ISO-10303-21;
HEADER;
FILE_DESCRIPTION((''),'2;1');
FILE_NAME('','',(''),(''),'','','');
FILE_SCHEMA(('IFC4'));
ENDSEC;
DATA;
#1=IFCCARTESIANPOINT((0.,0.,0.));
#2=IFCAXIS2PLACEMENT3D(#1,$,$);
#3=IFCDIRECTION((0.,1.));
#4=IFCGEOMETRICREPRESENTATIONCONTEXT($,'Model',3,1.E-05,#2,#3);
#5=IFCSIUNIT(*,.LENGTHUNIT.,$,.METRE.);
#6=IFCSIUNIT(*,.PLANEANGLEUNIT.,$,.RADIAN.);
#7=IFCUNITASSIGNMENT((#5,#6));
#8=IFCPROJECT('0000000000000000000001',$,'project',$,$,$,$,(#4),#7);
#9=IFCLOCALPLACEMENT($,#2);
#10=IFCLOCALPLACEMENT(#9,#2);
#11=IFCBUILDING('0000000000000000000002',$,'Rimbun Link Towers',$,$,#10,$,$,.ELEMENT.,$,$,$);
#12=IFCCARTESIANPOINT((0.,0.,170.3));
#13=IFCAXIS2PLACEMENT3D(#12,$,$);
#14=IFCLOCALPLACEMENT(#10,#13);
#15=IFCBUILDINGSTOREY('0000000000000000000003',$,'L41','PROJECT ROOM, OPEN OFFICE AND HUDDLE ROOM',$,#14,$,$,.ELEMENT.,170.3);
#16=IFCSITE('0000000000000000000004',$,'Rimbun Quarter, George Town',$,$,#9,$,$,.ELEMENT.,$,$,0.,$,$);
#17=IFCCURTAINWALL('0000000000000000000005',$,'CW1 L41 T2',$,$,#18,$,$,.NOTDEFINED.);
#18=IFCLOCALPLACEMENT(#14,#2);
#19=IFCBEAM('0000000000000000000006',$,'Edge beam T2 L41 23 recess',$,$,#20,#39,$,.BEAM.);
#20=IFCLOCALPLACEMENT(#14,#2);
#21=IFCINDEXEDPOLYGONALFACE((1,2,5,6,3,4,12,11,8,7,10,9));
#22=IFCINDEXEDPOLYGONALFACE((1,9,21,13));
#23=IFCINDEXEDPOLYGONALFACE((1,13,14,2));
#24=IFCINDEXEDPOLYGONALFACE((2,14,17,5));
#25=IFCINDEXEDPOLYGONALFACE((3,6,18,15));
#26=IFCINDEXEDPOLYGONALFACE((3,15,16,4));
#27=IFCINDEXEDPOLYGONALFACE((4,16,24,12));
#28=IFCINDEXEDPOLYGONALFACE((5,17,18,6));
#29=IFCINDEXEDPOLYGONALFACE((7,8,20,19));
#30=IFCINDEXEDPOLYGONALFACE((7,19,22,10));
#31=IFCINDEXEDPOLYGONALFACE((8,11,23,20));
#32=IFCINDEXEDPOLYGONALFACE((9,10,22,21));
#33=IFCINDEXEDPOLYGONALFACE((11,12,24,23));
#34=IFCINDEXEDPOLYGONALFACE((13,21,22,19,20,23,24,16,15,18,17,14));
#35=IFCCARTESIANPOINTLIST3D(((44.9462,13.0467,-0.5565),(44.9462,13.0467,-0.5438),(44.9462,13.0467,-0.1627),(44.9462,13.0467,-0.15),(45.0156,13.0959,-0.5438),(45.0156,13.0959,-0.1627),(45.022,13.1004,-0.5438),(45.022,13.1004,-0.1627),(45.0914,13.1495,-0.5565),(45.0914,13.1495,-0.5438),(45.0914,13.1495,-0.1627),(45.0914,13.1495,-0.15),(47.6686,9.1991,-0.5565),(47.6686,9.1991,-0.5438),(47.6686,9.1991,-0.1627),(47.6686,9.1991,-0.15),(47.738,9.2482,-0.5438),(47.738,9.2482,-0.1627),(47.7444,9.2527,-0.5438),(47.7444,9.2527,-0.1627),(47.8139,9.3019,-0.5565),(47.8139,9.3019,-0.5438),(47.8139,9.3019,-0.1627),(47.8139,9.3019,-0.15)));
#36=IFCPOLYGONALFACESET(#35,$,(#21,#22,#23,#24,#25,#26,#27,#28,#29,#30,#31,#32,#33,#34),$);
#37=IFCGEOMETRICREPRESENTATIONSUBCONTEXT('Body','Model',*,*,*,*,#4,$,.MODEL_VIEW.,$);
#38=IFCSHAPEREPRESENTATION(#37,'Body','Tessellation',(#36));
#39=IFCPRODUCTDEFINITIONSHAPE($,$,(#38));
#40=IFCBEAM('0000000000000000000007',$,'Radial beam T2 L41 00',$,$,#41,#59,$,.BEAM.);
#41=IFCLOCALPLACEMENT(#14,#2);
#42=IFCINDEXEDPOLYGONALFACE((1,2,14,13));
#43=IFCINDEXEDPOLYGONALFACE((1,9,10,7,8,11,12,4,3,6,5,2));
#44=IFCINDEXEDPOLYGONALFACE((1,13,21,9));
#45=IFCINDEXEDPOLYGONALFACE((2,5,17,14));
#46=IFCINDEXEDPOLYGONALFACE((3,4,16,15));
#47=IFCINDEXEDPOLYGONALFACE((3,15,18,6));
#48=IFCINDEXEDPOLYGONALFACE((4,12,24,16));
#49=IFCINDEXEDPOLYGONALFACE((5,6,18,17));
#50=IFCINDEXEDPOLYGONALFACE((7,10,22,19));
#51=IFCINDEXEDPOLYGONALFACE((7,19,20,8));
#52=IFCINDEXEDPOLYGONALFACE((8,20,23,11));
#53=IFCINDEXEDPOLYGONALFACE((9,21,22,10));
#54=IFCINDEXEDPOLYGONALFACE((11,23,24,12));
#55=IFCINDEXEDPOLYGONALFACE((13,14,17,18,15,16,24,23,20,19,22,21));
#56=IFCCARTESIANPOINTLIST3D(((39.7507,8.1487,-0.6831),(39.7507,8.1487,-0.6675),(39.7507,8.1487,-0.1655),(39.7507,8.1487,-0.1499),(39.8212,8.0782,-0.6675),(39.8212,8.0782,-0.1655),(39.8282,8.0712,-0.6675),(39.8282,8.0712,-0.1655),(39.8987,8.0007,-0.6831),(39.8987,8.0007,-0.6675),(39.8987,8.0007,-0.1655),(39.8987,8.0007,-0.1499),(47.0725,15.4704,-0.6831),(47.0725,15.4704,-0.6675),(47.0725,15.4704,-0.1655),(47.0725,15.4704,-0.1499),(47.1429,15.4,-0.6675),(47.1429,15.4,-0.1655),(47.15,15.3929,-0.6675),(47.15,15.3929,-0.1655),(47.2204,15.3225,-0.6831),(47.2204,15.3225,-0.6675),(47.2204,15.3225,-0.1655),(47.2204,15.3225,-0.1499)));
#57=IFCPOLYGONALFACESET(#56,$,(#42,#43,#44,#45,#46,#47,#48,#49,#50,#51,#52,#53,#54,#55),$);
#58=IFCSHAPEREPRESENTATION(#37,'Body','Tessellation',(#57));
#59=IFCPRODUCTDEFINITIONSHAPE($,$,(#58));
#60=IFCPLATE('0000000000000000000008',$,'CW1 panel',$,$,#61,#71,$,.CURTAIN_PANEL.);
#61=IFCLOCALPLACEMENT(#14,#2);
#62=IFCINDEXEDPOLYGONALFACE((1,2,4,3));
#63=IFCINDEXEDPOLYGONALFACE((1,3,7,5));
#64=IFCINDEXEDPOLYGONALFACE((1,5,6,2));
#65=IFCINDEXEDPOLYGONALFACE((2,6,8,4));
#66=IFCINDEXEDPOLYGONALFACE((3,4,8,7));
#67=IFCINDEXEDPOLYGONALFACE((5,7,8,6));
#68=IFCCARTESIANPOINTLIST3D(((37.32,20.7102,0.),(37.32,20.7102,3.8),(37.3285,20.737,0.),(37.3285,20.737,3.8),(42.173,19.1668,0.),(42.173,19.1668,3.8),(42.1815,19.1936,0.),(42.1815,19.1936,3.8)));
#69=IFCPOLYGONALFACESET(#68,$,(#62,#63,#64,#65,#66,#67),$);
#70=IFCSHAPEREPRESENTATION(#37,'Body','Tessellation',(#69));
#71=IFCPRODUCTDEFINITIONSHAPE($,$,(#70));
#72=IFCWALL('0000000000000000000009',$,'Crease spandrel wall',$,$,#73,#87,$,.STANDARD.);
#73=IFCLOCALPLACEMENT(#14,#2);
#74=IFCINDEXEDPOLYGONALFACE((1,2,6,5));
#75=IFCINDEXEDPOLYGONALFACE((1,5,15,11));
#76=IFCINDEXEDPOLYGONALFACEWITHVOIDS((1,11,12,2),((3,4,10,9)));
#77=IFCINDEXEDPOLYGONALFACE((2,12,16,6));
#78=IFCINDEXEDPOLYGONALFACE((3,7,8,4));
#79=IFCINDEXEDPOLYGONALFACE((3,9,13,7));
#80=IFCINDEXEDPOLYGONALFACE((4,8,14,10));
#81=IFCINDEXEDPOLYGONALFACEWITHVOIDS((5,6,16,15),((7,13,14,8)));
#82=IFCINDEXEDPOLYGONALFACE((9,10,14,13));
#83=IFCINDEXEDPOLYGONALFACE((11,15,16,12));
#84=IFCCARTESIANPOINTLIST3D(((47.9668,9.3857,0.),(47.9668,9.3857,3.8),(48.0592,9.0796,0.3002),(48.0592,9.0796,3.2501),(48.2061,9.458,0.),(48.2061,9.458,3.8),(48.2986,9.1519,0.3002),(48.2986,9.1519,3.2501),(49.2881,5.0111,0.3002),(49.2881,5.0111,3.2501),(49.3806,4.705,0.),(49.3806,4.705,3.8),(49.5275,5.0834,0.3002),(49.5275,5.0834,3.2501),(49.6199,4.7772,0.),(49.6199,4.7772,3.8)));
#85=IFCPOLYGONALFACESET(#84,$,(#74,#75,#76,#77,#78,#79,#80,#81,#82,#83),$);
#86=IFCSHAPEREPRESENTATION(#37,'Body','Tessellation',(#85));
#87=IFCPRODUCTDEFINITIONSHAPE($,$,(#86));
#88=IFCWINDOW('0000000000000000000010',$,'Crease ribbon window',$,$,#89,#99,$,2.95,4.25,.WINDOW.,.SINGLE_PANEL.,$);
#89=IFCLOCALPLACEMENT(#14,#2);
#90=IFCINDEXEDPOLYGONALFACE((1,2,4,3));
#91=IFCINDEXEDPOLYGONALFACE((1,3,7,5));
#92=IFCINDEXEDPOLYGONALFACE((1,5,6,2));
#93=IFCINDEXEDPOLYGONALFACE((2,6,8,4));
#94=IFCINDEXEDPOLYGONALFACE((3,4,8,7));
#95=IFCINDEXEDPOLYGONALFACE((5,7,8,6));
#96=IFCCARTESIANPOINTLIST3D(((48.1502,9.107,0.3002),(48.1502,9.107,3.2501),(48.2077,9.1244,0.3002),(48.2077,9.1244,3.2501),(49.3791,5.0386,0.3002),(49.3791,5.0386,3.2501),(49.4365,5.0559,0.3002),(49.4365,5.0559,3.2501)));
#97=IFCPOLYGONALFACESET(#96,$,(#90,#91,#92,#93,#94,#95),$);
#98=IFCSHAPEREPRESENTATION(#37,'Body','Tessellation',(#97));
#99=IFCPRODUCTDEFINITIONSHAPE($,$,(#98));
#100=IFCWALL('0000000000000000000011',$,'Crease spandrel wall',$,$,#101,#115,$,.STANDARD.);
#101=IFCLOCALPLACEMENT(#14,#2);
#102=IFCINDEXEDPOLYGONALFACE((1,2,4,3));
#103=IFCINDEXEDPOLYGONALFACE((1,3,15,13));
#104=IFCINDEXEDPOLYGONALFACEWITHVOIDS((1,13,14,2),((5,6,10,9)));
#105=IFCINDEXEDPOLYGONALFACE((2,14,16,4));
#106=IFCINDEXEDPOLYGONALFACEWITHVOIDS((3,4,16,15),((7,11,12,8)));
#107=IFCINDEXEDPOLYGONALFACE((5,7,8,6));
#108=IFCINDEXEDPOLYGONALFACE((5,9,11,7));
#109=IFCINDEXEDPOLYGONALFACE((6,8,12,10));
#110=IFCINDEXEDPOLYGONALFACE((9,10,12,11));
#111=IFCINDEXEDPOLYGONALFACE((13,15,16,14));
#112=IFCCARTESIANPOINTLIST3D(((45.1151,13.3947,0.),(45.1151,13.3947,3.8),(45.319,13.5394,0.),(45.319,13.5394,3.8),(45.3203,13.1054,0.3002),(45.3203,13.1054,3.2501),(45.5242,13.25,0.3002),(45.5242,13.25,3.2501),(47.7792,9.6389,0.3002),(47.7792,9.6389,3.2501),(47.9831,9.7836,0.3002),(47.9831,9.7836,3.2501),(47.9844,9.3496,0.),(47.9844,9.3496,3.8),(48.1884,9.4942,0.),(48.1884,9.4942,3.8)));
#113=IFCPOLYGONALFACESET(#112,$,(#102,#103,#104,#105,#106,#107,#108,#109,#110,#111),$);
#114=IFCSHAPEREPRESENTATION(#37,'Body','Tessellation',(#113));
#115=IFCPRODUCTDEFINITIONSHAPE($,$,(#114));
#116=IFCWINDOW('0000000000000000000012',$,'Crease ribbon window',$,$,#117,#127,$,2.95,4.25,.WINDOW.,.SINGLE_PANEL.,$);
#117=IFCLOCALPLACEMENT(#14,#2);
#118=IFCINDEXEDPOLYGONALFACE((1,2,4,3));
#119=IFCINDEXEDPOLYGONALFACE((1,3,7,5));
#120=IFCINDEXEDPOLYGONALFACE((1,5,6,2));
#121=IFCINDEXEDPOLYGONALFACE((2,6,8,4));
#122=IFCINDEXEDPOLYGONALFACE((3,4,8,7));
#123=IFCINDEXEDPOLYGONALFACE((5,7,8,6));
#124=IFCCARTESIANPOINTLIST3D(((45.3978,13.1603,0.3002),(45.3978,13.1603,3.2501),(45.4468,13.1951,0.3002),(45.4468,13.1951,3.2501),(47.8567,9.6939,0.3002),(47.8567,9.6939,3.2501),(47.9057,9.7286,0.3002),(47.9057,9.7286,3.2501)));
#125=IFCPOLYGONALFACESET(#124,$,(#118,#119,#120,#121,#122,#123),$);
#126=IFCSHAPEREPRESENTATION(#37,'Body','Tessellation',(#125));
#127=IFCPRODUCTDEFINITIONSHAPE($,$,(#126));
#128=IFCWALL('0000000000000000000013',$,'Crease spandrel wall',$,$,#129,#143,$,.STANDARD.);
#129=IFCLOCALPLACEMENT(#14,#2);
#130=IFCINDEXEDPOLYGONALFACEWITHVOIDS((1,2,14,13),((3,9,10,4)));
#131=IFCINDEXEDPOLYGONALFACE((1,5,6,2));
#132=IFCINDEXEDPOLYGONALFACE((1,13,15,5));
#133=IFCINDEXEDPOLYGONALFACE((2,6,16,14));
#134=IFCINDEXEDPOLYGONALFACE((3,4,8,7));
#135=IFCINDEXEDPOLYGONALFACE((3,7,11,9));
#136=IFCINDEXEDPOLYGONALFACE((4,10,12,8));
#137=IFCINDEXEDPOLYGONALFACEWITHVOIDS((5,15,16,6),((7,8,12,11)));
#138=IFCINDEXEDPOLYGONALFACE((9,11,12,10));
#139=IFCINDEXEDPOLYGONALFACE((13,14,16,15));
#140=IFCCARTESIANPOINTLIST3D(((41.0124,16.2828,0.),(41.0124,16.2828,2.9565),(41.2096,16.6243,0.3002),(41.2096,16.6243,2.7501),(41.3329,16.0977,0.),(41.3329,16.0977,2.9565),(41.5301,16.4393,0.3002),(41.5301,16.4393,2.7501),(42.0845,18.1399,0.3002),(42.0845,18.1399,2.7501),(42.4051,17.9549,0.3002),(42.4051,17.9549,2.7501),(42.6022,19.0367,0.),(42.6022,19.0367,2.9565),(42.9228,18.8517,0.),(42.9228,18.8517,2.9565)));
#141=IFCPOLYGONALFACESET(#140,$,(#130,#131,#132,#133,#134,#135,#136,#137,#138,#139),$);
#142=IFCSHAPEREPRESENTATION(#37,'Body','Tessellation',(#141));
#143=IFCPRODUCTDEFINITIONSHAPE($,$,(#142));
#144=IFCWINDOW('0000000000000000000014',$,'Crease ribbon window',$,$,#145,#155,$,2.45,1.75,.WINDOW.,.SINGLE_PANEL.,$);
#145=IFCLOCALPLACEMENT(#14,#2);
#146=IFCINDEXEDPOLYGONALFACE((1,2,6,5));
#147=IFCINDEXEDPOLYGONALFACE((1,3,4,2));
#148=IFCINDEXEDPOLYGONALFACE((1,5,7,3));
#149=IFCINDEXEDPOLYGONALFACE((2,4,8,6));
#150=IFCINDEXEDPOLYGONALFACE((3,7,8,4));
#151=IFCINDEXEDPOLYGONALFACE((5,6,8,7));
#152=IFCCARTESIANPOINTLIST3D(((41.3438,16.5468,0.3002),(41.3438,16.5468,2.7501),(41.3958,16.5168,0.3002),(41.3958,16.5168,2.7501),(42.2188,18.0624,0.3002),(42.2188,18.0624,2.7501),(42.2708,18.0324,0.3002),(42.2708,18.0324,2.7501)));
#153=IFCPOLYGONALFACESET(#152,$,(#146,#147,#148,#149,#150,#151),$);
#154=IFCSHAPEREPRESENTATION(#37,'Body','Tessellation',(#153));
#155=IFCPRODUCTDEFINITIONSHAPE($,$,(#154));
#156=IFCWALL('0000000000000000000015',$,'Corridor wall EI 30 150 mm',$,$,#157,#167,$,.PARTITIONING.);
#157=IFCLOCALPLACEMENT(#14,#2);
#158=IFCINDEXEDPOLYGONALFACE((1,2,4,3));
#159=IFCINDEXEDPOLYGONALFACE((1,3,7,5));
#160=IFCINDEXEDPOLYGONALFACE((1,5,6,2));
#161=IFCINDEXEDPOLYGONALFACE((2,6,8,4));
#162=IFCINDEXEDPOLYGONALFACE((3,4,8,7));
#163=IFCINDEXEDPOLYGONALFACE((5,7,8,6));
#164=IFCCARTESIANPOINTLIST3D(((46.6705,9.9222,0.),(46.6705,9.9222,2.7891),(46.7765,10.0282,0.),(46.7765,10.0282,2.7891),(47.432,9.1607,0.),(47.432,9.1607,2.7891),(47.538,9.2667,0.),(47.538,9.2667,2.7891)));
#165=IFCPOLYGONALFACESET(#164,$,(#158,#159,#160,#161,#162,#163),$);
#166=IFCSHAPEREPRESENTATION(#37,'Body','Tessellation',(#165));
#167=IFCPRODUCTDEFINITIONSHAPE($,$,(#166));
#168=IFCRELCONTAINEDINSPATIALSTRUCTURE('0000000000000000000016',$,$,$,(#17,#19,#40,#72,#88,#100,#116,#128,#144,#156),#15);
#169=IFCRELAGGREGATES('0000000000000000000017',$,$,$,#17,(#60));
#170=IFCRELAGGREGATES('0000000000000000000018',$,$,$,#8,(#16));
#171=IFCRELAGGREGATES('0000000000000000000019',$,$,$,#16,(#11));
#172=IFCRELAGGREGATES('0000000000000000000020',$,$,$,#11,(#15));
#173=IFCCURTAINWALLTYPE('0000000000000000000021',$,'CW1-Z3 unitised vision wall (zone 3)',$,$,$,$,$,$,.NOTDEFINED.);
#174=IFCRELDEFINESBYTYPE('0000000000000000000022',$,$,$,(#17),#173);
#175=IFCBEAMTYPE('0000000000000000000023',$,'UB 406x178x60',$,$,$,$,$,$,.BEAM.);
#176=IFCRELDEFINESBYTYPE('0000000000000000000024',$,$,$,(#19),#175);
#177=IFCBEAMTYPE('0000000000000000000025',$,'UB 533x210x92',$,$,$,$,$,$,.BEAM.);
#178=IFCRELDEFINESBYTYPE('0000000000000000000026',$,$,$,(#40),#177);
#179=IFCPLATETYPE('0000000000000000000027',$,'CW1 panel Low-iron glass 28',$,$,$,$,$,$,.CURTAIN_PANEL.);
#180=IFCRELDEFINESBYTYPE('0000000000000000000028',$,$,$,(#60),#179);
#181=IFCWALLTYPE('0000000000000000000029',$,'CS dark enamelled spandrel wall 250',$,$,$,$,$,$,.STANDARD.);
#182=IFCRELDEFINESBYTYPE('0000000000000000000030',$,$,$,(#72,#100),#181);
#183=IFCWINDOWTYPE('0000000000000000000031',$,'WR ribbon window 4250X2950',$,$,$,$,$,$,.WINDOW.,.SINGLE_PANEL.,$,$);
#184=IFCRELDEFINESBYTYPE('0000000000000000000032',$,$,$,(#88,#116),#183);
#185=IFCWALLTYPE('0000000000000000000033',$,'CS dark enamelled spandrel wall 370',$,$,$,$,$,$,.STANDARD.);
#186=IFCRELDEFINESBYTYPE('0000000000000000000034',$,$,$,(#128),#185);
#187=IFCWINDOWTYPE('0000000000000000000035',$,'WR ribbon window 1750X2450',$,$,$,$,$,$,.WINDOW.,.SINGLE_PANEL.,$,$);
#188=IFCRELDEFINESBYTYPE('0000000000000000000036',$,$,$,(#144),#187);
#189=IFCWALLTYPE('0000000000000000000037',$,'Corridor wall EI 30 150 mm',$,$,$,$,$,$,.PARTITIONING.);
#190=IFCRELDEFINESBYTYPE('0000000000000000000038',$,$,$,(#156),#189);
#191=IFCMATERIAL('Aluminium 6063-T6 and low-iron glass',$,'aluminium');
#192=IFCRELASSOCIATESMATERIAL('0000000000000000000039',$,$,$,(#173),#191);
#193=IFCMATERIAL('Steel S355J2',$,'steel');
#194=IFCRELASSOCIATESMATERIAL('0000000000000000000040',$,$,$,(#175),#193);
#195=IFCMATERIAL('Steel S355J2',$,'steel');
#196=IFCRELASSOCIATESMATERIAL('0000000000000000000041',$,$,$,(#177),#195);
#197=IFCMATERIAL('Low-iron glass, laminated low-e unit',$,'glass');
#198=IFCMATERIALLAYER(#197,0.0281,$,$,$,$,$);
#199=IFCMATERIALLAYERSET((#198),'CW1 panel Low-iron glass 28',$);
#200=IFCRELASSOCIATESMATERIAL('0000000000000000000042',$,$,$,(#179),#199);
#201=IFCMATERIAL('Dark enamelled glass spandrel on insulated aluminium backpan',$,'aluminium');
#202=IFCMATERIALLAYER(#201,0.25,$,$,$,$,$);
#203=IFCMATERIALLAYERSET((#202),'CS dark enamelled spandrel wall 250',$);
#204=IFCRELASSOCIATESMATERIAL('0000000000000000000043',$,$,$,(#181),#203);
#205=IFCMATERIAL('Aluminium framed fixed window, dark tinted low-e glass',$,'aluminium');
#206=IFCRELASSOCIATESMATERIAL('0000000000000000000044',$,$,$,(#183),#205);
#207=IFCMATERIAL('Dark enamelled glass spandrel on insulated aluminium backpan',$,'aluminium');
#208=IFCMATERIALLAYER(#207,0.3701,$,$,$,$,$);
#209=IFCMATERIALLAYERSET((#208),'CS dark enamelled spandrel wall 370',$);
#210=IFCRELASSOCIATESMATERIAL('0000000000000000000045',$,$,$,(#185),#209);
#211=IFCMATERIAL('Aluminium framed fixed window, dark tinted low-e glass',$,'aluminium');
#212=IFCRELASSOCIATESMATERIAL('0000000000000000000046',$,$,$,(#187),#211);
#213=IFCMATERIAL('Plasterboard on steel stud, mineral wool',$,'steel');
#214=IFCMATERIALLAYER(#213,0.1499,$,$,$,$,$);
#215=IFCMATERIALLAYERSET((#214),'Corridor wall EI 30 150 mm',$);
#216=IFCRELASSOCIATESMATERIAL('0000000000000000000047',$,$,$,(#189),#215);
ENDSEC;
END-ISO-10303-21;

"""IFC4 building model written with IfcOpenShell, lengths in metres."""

from ifc_helpers import new_model, si_unit, direction, frame, frame_2d, origin, origin_2d, place, context, subcontext, project, spatial, rectangle, i_section, extrude, material, layer, layer_set, material_profile, profile_set, type_object, element, fill, aggregate, save


model = new_model("IFC4")

# Units and contexts
model_context = context("Model", 3, precision=1e-05, world=origin(), true_north=direction((0.0, 1.0)))
body_context = subcontext(model_context, "Body", "Model", "MODEL_VIEW")
ifc_project = project(units=[si_unit("LENGTHUNIT", "METRE"), si_unit("PLANEANGLEUNIT", "RADIAN")], contexts=[model_context])

# Site, building, storey
site_placement = place(None, origin())
site = spatial("IfcSite", under=ifc_project, at=site_placement, Name="Rimbun Quarter, George Town", CompositionType="ELEMENT", RefElevation=0.0)
building_placement = place(site_placement, origin())
building = spatial("IfcBuilding", under=site, at=building_placement, Name="Rimbun Link Towers", CompositionType="ELEMENT")
storey_placement = place(building_placement, frame((0.0, 0.0, 170.3)))
storey = spatial("IfcBuildingStorey", under=building, at=storey_placement, Name="L41", Description="PROJECT ROOM, OPEN OFFICE AND HUDDLE ROOM", CompositionType="ELEMENT", Elevation=170.3)

# Curtain wall
ifc_material_1 = material(Name="Aluminium 6063-T6 and low-iron glass", Category="aluminium")
curtain_wall_type = type_object("IfcCurtainWallType", Name="CW1-Z3 unitised vision wall (zone 3)", PredefinedType="NOTDEFINED", material=ifc_material_1)
curtain_wall_placement = place(storey_placement, origin())
curtain_wall = element("IfcCurtainWall", 1, at=curtain_wall_placement, inside=storey, type_object=curtain_wall_type, Name="CW1 L41 T2", PredefinedType="NOTDEFINED")

# Beams
ifc_material_2 = material(Name="Steel S355J2", Category="steel")
ifc_material_profile_1 = material_profile(ifc_material_2, i_section(OverallWidth=0.178, OverallDepth=0.4065, WebThickness=0.0078, FlangeThickness=0.0127, at=origin_2d()), Name="UB 406x178x60")
ifc_profile_set_1 = profile_set([ifc_material_profile_1], Name="Steel S355J2")
beam_type_1 = type_object("IfcBeamType", Name="UB 406x178x60", PredefinedType="BEAM", material=ifc_profile_set_1)
beam_1_placement = place(storey_placement, frame((47.7412, 9.2505, -0.3533), z_axis=(-0.577592, 0.816326, 0.0), x_axis=(-0.816326, -0.577592, 0.0)))
element("IfcBeam", 2, at=beam_1_placement, inside=storey, type_object=beam_type_1, Name="Edge beam T2 L41 23 recess", PredefinedType="BEAM", context=body_context, shape_type="SweptSolid", body=[
    extrude(i_section(OverallWidth=0.178, OverallDepth=0.4065, WebThickness=0.0078, FlangeThickness=0.0127, at=origin_2d()), origin(), (0.0, 0.0, 1.0), 4.7134),
])
ifc_material_3 = material(Name="Steel S355J2", Category="steel")
ifc_material_profile_2 = material_profile(ifc_material_3, i_section(OverallWidth=0.2092, OverallDepth=0.5332, WebThickness=0.01, FlangeThickness=0.0156, at=origin_2d()), Name="UB 533x210x92")
ifc_profile_set_2 = profile_set([ifc_material_profile_2], Name="Steel S355J2")
beam_type_2 = type_object("IfcBeamType", Name="UB 533x210x92", PredefinedType="BEAM", material=ifc_profile_set_2)
beam_2_placement = place(storey_placement, frame((39.8247, 8.0747, -0.4165), z_axis=(0.707107, 0.707107, 0.0), x_axis=(-0.707107, 0.707107, 0.0)))
element("IfcBeam", 3, at=beam_2_placement, inside=storey, type_object=beam_type_2, Name="Radial beam T2 L41 00", PredefinedType="BEAM", context=body_context, shape_type="SweptSolid", body=[
    extrude(i_section(OverallWidth=0.2092, OverallDepth=0.5332, WebThickness=0.01, FlangeThickness=0.0156, at=origin_2d()), origin(), (0.0, 0.0, 1.0), 10.3545),
])

# Plate
ifc_material_4 = material(Name="Low-iron glass, laminated low-e unit", Category="glass")
ifc_layer_1 = layer(ifc_material_4, 0.0281)
ifc_layer_set_1 = layer_set([ifc_layer_1], Name="CW1 panel Low-iron glass 28")
plate_type = type_object("IfcPlateType", Name="CW1 panel Low-iron glass 28", PredefinedType="CURTAIN_PANEL", material=ifc_layer_set_1)
plate_placement = place(storey_placement, frame((39.7507, 19.9519, 0.0), z_axis=(0.0, 0.0, 1.0), x_axis=(0.952969, -0.303068, 0.0)))
plate = element("IfcPlate", 4, at=plate_placement, type_object=plate_type, Name="CW1 panel", PredefinedType="CURTAIN_PANEL", context=body_context, shape_type="SweptSolid", body=[
    extrude(rectangle(XDim=5.0925, YDim=0.0281, at=origin_2d()), origin(), (0.0, 0.0, 1.0), 3.8),
])
aggregate(curtain_wall, [plate])

# Shared definitions
ifc_material_5 = material(Name="Dark enamelled glass spandrel on insulated aluminium backpan", Category="aluminium")
ifc_layer_2 = layer(ifc_material_5, 0.25)
ifc_layer_set_2 = layer_set([ifc_layer_2], Name="CS dark enamelled spandrel wall 250")
wall_type_1 = type_object("IfcWallType", Name="CS dark enamelled spandrel wall 250", PredefinedType="STANDARD", material=ifc_layer_set_2)

# Walls, openings, windows
wall_1_placement = place(storey_placement, frame((48.0864, 9.4219, 0.0), z_axis=(0.0, 0.0, 1.0), x_axis=(0.289152, -0.957283, 0.0)))
wall_1 = element("IfcWall", 5, at=wall_1_placement, inside=storey, type_object=wall_type_1, Name="Crease spandrel wall", PredefinedType="STANDARD", context=body_context, shape_type="SweptSolid", body=[
    extrude(rectangle(XDim=4.8896, YDim=0.25, at=frame_2d((2.4448, 0.0))), origin(), (0.0, 0.0, 1.0), 3.8),
])
opening_1_placement = place(wall_1_placement, frame((0.3198, 0.0, 0.3)))
opening_1 = element("IfcOpeningElement", 6, at=opening_1_placement, cuts=wall_1, PredefinedType="OPENING", context=body_context, shape_type="SweptSolid", body=[
    extrude(rectangle(XDim=4.25, YDim=2.95, at=frame_2d((2.125, 1.4751))), frame((0.0, 0.135, 0.0), z_axis=(0.0, -1.0, 0.0), x_axis=(1.0, 0.0, 0.0)), (0.0, 0.0, 1.0), 0.27),
])
ifc_material_6 = material(Name="Aluminium framed fixed window, dark tinted low-e glass", Category="aluminium")
window_type_1 = type_object("IfcWindowType", Name="WR ribbon window 4250X2950", PartitioningType="SINGLE_PANEL", PredefinedType="WINDOW", material=ifc_material_6)
window_1_placement = place(opening_1_placement, origin())
window_1 = element("IfcWindow", 7, at=window_1_placement, inside=storey, type_object=window_type_1, Name="Crease ribbon window", OverallHeight=2.95, OverallWidth=4.25, PartitioningType="SINGLE_PANEL", PredefinedType="WINDOW", context=body_context, shape_type="SweptSolid", body=[
    extrude(rectangle(XDim=4.25, YDim=2.95, at=frame_2d((2.125, 1.4751))), frame((0.0, 0.03, 0.0), z_axis=(0.0, -1.0, 0.0), x_axis=(1.0, 0.0, 0.0)), (0.0, 0.0, 1.0), 0.0601),
])
fill(opening_1, window_1)
wall_2_placement = place(storey_placement, frame((45.217, 13.467, 0.0), z_axis=(0.0, 0.0, 1.0), x_axis=(0.578562, -0.815638, 0.0)))
wall_2 = element("IfcWall", 8, at=wall_2_placement, inside=storey, type_object=wall_type_1, Name="Crease spandrel wall", PredefinedType="STANDARD", context=body_context, shape_type="SweptSolid", body=[
    extrude(rectangle(XDim=4.9595, YDim=0.25, at=frame_2d((2.4797, 0.0))), origin(), (0.0, 0.0, 1.0), 3.8),
])
opening_2_placement = place(wall_2_placement, frame((0.3547, 0.0, 0.3)))
opening_2 = element("IfcOpeningElement", 9, at=opening_2_placement, cuts=wall_2, PredefinedType="OPENING", context=body_context, shape_type="SweptSolid", body=[
    extrude(rectangle(XDim=4.25, YDim=2.95, at=frame_2d((2.125, 1.4751))), frame((0.0, 0.135, 0.0), z_axis=(0.0, -1.0, 0.0), x_axis=(1.0, 0.0, 0.0)), (0.0, 0.0, 1.0), 0.27),
])
window_2_placement = place(opening_2_placement, origin())
window_2 = element("IfcWindow", 10, at=window_2_placement, inside=storey, type_object=window_type_1, Name="Crease ribbon window", OverallHeight=2.95, OverallWidth=4.25, PartitioningType="SINGLE_PANEL", PredefinedType="WINDOW", context=body_context, shape_type="SweptSolid", body=[
    extrude(rectangle(XDim=4.25, YDim=2.95, at=frame_2d((2.125, 1.4751))), frame((0.0, 0.03, 0.0), z_axis=(0.0, -1.0, 0.0), x_axis=(1.0, 0.0, 0.0)), (0.0, 0.0, 1.0), 0.0601),
])
fill(opening_2, window_2)
ifc_material_7 = material(Name="Dark enamelled glass spandrel on insulated aluminium backpan", Category="aluminium")
ifc_layer_3 = layer(ifc_material_7, 0.3701)
ifc_layer_set_3 = layer_set([ifc_layer_3], Name="CS dark enamelled spandrel wall 370")
wall_type_2 = type_object("IfcWallType", Name="CS dark enamelled spandrel wall 370", PredefinedType="STANDARD", material=ifc_layer_set_3)
wall_3_placement = place(storey_placement, frame((42.7625, 18.9441, 0.0), z_axis=(0.0, 0.0, 1.0), x_axis=(-0.499971, -0.866042, 0.0)))
wall_3 = element("IfcWall", 11, at=wall_3_placement, inside=storey, type_object=wall_type_2, Name="Crease spandrel wall", PredefinedType="STANDARD", context=body_context, shape_type="SweptSolid", body=[
    extrude(rectangle(XDim=3.1799, YDim=0.3701, at=frame_2d((1.5898, 0.0))), origin(), (0.0, 0.0, 1.0), 2.9565),
])
opening_3_placement = place(wall_3_placement, frame((1.0354, 0.0, 0.3)))
opening_3 = element("IfcOpeningElement", 12, at=opening_3_placement, cuts=wall_3, PredefinedType="OPENING", context=body_context, shape_type="SweptSolid", body=[
    extrude(rectangle(XDim=1.75, YDim=2.45, at=frame_2d((0.875, 1.2251))), frame((0.0, 0.1951, 0.0), z_axis=(0.0, -1.0, 0.0), x_axis=(1.0, 0.0, 0.0)), (0.0, 0.0, 1.0), 0.3901),
])
ifc_material_8 = material(Name="Aluminium framed fixed window, dark tinted low-e glass", Category="aluminium")
window_type_2 = type_object("IfcWindowType", Name="WR ribbon window 1750X2450", PartitioningType="SINGLE_PANEL", PredefinedType="WINDOW", material=ifc_material_8)
window_3_placement = place(opening_3_placement, origin())
window_3 = element("IfcWindow", 13, at=window_3_placement, inside=storey, type_object=window_type_2, Name="Crease ribbon window", OverallHeight=2.45, OverallWidth=1.75, PartitioningType="SINGLE_PANEL", PredefinedType="WINDOW", context=body_context, shape_type="SweptSolid", body=[
    extrude(rectangle(XDim=1.75, YDim=2.45, at=frame_2d((0.875, 1.2251))), frame((0.0, 0.03, 0.0), z_axis=(0.0, -1.0, 0.0), x_axis=(1.0, 0.0, 0.0)), (0.0, 0.0, 1.0), 0.0601),
])
fill(opening_3, window_3)

# Wall
ifc_material_9 = material(Name="Plasterboard on steel stud, mineral wool", Category="steel")
ifc_layer_4 = layer(ifc_material_9, 0.1499)
ifc_layer_set_4 = layer_set([ifc_layer_4], Name="Corridor wall EI 30 150 mm")
wall_type_3 = type_object("IfcWallType", Name="Corridor wall EI 30 150 mm", PredefinedType="PARTITIONING", material=ifc_layer_set_4)
wall_4_placement = place(storey_placement, frame((47.4851, 9.2136, 0.0), z_axis=(0.0, 0.0, 1.0), x_axis=(-0.707107, 0.707107, 0.0)))
element("IfcWall", 14, at=wall_4_placement, inside=storey, type_object=wall_type_3, Name="Corridor wall EI 30 150 mm", PredefinedType="PARTITIONING", context=body_context, shape_type="SweptSolid", body=[
    extrude(rectangle(XDim=1.0769, YDim=0.1499, at=frame_2d((0.5386, 0.0))), origin(), (0.0, 0.0, 1.0), 2.7891),
])

save(model, "model.ifc")
